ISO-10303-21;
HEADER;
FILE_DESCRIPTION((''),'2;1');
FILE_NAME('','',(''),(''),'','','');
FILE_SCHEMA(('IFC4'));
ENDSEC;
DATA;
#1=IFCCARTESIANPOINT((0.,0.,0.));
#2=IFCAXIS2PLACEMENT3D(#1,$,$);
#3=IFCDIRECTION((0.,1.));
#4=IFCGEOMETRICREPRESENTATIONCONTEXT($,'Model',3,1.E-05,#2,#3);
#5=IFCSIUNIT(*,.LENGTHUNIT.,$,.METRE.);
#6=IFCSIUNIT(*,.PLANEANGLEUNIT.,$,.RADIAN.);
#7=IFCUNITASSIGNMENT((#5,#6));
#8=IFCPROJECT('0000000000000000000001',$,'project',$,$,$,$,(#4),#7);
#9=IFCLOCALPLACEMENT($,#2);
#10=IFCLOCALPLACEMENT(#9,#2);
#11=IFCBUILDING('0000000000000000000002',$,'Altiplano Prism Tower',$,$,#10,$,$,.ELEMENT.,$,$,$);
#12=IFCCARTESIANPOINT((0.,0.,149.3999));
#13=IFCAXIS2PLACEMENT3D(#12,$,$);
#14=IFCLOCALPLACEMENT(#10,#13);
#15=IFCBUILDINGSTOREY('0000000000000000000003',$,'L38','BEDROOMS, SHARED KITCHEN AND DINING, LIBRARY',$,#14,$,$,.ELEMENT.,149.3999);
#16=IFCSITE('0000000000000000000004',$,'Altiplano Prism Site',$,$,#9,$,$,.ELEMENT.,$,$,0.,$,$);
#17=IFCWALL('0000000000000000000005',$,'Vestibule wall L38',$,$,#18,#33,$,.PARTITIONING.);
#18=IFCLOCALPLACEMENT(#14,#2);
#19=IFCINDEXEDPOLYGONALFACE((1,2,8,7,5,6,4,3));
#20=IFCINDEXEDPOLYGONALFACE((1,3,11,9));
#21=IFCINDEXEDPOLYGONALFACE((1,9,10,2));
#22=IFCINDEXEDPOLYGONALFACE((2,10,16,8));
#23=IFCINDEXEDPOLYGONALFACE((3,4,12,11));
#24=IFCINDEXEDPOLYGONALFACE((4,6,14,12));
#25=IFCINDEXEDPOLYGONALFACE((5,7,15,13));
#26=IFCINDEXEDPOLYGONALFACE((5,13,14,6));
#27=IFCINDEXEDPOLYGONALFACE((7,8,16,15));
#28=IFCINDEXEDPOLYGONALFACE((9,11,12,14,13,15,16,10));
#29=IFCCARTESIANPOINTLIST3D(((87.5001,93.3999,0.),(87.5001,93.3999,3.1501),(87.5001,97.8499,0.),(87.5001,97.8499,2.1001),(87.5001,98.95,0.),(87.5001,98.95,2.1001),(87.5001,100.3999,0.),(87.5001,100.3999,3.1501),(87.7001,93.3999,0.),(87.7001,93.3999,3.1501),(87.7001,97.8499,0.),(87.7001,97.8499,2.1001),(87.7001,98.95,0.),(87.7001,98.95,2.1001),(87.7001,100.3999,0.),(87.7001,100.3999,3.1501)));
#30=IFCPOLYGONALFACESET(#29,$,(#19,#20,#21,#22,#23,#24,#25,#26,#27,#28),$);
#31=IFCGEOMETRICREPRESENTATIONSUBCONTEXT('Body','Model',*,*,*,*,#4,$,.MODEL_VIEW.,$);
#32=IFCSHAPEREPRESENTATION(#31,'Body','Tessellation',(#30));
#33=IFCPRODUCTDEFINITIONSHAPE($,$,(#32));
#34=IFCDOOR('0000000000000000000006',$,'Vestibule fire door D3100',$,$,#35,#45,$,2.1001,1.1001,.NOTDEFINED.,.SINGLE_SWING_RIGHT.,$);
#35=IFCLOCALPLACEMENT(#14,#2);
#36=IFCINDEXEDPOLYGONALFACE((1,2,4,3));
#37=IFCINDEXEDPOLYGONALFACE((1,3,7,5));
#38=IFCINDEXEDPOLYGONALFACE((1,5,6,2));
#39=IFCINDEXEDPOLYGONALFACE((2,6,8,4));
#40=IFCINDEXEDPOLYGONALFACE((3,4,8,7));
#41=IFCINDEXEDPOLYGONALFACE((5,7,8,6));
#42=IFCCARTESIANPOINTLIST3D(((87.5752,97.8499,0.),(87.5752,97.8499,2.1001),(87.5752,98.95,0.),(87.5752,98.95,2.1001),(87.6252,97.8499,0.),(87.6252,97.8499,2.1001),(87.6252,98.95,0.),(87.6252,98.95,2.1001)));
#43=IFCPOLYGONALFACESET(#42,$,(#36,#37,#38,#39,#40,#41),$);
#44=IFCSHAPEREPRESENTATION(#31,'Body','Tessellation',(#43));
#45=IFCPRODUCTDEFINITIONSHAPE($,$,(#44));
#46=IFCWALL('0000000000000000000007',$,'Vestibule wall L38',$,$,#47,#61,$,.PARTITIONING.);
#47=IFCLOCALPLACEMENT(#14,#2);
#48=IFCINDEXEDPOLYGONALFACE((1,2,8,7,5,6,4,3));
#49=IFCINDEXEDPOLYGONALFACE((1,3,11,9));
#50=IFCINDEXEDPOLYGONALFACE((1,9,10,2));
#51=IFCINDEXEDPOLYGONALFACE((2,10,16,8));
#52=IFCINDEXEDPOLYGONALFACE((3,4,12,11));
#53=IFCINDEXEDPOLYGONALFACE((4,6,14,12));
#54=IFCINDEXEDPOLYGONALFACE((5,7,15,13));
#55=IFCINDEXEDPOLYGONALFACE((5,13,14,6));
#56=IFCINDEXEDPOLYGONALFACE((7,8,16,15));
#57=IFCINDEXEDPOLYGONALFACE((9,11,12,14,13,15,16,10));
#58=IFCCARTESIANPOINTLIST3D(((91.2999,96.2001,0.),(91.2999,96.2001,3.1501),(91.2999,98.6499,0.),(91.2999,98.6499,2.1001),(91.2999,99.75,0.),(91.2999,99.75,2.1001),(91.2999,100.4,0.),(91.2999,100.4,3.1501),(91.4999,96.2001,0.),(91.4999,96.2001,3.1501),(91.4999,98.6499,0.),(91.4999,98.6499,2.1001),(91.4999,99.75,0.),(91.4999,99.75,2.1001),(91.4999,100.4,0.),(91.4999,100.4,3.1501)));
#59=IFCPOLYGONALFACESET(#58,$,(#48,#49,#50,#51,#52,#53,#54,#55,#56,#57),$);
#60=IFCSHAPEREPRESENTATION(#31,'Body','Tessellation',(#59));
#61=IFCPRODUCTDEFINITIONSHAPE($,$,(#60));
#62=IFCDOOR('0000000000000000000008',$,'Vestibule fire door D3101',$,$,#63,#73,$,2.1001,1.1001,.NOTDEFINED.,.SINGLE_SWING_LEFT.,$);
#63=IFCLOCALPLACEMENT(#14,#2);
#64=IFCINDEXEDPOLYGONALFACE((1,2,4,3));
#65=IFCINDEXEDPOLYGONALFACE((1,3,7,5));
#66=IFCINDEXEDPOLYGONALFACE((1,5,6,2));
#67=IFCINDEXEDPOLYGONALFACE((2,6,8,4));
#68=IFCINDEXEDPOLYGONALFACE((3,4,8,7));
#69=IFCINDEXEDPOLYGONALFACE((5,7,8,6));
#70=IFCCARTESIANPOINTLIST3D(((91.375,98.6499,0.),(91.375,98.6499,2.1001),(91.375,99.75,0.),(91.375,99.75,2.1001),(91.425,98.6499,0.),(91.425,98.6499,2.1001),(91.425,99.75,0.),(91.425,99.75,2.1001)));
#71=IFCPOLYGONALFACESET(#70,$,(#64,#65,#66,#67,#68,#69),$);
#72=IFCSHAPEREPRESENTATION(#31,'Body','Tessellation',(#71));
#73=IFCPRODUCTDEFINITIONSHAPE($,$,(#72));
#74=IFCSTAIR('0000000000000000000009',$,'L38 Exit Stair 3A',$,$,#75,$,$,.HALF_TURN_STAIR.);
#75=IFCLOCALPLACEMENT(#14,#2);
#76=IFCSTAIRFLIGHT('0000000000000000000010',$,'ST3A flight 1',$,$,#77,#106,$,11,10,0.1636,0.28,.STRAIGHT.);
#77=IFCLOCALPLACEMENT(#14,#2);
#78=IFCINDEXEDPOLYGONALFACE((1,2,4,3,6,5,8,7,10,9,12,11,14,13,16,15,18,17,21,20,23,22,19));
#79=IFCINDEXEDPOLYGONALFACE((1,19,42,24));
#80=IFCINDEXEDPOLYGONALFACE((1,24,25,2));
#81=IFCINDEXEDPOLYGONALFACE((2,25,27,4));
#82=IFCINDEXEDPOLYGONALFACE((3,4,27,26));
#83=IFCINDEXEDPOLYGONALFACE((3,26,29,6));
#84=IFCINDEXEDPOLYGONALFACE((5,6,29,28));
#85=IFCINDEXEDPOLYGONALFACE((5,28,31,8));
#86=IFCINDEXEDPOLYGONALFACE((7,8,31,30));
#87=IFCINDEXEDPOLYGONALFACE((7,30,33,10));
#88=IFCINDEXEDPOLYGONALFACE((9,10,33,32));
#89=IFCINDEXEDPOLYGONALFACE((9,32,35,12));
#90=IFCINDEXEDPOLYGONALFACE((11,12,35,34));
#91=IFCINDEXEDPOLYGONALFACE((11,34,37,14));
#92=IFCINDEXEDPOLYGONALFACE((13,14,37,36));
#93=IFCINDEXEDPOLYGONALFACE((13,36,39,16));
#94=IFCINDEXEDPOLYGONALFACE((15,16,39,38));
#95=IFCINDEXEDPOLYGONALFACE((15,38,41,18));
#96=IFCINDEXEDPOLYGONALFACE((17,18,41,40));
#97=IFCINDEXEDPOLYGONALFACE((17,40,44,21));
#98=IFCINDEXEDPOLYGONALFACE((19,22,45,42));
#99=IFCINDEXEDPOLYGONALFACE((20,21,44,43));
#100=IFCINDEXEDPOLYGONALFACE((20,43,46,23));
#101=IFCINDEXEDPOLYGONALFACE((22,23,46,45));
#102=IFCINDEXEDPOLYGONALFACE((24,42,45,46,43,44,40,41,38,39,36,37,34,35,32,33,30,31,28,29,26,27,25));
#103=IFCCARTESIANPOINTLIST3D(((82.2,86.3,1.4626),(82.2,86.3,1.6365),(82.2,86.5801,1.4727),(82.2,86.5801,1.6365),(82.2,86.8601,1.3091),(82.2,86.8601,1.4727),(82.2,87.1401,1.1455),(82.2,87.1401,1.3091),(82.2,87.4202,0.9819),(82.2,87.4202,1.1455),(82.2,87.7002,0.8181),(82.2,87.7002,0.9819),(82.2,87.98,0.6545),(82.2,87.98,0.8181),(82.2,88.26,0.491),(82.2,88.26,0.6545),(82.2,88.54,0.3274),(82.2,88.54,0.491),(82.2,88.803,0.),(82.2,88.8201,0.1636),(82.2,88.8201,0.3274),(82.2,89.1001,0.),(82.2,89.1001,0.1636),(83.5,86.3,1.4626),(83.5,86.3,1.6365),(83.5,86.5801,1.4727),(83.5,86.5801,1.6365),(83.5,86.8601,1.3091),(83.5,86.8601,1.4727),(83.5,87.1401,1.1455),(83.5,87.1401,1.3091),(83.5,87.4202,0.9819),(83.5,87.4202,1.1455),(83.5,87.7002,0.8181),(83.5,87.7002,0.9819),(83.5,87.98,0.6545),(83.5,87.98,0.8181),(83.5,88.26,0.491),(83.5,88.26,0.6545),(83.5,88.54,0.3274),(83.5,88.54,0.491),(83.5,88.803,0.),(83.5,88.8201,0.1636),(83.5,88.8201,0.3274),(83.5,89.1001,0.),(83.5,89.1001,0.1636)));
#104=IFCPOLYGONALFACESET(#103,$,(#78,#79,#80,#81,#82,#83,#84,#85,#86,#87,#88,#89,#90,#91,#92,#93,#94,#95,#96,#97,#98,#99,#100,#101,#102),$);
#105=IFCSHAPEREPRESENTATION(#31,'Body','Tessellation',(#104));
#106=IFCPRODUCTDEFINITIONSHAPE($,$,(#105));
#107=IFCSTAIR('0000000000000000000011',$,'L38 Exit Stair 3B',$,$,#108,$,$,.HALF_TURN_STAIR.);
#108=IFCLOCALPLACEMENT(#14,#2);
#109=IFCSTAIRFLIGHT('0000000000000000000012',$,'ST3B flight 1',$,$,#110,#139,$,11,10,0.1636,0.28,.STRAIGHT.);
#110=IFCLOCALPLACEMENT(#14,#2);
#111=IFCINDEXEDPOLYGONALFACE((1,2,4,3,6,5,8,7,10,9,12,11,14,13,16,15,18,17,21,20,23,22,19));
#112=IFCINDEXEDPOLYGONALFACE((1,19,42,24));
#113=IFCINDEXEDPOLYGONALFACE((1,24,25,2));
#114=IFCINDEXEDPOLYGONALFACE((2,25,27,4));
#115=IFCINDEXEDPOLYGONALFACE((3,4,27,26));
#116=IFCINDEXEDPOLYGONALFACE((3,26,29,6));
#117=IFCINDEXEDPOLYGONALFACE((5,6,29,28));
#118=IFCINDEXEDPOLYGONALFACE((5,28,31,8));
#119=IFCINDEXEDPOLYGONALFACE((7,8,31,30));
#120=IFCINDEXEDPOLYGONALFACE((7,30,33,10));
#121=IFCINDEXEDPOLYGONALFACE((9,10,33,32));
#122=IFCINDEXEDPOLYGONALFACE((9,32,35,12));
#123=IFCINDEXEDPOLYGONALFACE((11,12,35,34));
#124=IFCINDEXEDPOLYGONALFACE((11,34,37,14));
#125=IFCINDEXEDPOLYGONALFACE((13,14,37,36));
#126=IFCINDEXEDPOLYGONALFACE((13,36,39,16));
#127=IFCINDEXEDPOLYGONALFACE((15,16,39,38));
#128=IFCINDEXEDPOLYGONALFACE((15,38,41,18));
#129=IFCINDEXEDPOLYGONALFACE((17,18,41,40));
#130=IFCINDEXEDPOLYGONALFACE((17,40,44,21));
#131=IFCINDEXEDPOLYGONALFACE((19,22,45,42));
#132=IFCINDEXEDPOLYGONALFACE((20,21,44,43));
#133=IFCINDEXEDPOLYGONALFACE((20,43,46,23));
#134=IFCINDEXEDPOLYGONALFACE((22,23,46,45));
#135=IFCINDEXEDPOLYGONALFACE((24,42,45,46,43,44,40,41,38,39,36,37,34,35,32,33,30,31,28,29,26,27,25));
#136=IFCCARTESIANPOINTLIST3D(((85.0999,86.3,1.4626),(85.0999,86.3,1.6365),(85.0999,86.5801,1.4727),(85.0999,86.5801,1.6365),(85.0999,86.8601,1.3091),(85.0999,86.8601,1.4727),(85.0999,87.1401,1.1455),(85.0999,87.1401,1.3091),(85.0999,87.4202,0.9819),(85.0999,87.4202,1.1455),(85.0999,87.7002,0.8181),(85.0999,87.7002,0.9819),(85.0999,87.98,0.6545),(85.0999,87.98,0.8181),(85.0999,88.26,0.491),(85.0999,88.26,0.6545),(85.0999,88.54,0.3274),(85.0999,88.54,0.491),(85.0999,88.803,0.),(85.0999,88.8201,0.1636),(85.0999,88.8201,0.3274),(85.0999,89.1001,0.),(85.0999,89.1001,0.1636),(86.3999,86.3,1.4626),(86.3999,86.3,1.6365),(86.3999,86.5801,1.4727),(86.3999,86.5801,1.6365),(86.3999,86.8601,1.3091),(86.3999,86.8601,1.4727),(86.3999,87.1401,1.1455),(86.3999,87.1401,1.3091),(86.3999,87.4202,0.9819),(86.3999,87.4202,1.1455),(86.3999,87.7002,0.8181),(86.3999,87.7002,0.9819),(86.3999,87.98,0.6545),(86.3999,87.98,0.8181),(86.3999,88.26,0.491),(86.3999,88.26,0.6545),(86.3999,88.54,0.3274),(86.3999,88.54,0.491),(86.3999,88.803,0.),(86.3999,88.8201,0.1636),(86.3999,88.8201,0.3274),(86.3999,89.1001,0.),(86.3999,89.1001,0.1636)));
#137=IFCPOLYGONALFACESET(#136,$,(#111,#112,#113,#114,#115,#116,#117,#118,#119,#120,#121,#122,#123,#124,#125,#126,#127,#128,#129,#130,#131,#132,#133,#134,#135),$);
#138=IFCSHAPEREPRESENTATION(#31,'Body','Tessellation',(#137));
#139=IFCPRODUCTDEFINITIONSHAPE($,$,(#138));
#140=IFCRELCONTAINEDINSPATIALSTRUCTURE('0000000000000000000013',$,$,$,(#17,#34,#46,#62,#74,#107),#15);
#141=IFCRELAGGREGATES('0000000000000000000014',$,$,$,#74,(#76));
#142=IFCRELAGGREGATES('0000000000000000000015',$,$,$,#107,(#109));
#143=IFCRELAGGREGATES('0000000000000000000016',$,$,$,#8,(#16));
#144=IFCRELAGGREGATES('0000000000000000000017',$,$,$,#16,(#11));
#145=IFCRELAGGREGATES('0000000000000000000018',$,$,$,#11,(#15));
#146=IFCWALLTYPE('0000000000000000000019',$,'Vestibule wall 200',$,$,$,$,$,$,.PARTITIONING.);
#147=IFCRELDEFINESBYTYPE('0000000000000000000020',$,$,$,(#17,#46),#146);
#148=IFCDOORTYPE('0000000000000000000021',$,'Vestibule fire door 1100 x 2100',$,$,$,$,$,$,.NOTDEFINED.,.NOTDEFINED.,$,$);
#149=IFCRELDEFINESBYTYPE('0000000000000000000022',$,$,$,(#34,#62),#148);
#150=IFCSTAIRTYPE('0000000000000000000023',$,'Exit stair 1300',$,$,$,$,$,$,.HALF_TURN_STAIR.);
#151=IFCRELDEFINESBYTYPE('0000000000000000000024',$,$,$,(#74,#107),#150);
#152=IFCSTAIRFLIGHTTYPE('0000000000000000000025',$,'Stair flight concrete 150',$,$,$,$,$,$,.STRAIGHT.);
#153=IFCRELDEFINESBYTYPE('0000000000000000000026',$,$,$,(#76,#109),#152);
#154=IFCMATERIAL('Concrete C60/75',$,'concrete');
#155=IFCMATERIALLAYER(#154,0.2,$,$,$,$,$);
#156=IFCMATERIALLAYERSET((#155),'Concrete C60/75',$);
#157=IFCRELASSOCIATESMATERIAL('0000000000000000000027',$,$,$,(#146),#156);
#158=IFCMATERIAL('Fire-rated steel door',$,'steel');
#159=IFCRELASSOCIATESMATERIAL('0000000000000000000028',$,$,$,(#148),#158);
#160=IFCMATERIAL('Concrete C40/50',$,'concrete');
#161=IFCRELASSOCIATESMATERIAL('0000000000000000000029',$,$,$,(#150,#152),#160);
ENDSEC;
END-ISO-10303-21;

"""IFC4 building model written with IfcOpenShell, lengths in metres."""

from ifc_helpers import new_model, si_unit, direction, frame, frame_2d, origin, place, context, subcontext, project, spatial, polyline, rectangle, outline, extrude, material, layer, layer_set, type_object, element, fill, aggregate, save


model = new_model("IFC4")

# Units and contexts
model_context = context("Model", 3, precision=1e-05, world=origin(), true_north=direction((0.0, 1.0)))
body_context = subcontext(model_context, "Body", "Model", "MODEL_VIEW")
ifc_project = project(units=[si_unit("LENGTHUNIT", "METRE"), si_unit("PLANEANGLEUNIT", "RADIAN")], contexts=[model_context])

# Site, building, storey
site_placement = place(None, origin())
site = spatial("IfcSite", under=ifc_project, at=site_placement, Name="Altiplano Prism Site", CompositionType="ELEMENT", RefElevation=0.0)
building_placement = place(site_placement, origin())
building = spatial("IfcBuilding", under=site, at=building_placement, Name="Altiplano Prism Tower", CompositionType="ELEMENT")
storey_placement = place(building_placement, frame((0.0, 0.0, 149.3999)))
storey = spatial("IfcBuildingStorey", under=building, at=storey_placement, Name="L38", Description="BEDROOMS, SHARED KITCHEN AND DINING, LIBRARY", CompositionType="ELEMENT", Elevation=149.3999)

# Shared definitions
ifc_material_1 = material(Name="Concrete C60/75", Category="concrete")

# Shared definitions
ifc_material_2 = material(Name="Fire-rated steel door", Category="steel")

# Walls, openings, doors
ifc_layer_1 = layer(ifc_material_1, 0.2)
ifc_layer_set_1 = layer_set([ifc_layer_1], Name="Concrete C60/75")
wall_type_1 = type_object("IfcWallType", Name="Vestibule wall 200", PredefinedType="PARTITIONING", material=ifc_layer_set_1)
wall_1_placement = place(storey_placement, frame((87.6001, 93.3999, 0.0), z_axis=(0.0, 0.0, 1.0), x_axis=(0.0, 1.0, 0.0)))
wall_1 = element("IfcWall", 1, at=wall_1_placement, inside=storey, type_object=wall_type_1, Name="Vestibule wall L38", PredefinedType="PARTITIONING", context=body_context, shape_type="SweptSolid", body=[
    extrude(rectangle(XDim=7.0, YDim=0.2, at=frame_2d((3.5, 0.0))), origin(), (0.0, 0.0, 1.0), 3.1501),
])
opening_1_placement = place(wall_1_placement, frame((4.45, 0.0, 0.0)))
opening_1 = element("IfcOpeningElement", 2, at=opening_1_placement, cuts=wall_1, PredefinedType="OPENING", context=body_context, shape_type="SweptSolid", body=[
    extrude(rectangle(XDim=1.1001, YDim=2.1001, at=frame_2d((0.55, 1.05))), frame((0.0, 0.1104, 0.0), z_axis=(0.0, -1.0, 0.0), x_axis=(1.0, 0.0, 0.0)), (0.0, 0.0, 1.0), 0.2209),
])
door_type_1 = type_object("IfcDoorType", Name="Vestibule fire door 1100 x 2100", OperationType="NOTDEFINED", PredefinedType="NOTDEFINED", material=ifc_material_2)
door_1_placement = place(opening_1_placement, origin())
door_1 = element("IfcDoor", 3, at=door_1_placement, inside=storey, type_object=door_type_1, Name="Vestibule fire door D3100", OperationType="SINGLE_SWING_RIGHT", OverallHeight=2.1001, OverallWidth=1.1001, PredefinedType="NOTDEFINED", context=body_context, shape_type="SweptSolid", body=[
    extrude(rectangle(XDim=1.1001, YDim=2.1001, at=frame_2d((0.55, 1.05))), frame((0.0, 0.0249, 0.0), z_axis=(0.0, -1.0, 0.0), x_axis=(1.0, 0.0, 0.0)), (0.0, 0.0, 1.0), 0.05),
])
fill(opening_1, door_1)
wall_2_placement = place(storey_placement, frame((91.3999, 96.2, 0.0), z_axis=(0.0, 0.0, 1.0), x_axis=(0.0, 1.0, 0.0)))
wall_2 = element("IfcWall", 4, at=wall_2_placement, inside=storey, type_object=wall_type_1, Name="Vestibule wall L38", PredefinedType="PARTITIONING", context=body_context, shape_type="SweptSolid", body=[
    extrude(rectangle(XDim=4.2, YDim=0.2, at=frame_2d((2.1001, 0.0))), origin(), (0.0, 0.0, 1.0), 3.1501),
])
opening_2_placement = place(wall_2_placement, frame((2.45, 0.0, 0.0)))
opening_2 = element("IfcOpeningElement", 5, at=opening_2_placement, cuts=wall_2, PredefinedType="OPENING", context=body_context, shape_type="SweptSolid", body=[
    extrude(rectangle(XDim=1.1001, YDim=2.1001, at=frame_2d((0.55, 1.05))), frame((0.0, 0.1104, 0.0), z_axis=(0.0, -1.0, 0.0), x_axis=(1.0, 0.0, 0.0)), (0.0, 0.0, 1.0), 0.2209),
])
door_2_placement = place(opening_2_placement, origin())
door_2 = element("IfcDoor", 6, at=door_2_placement, inside=storey, type_object=door_type_1, Name="Vestibule fire door D3101", OperationType="SINGLE_SWING_LEFT", OverallHeight=2.1001, OverallWidth=1.1001, PredefinedType="NOTDEFINED", context=body_context, shape_type="SweptSolid", body=[
    extrude(rectangle(XDim=1.1001, YDim=2.1001, at=frame_2d((0.55, 1.05))), frame((0.0, 0.0249, 0.0), z_axis=(0.0, -1.0, 0.0), x_axis=(1.0, 0.0, 0.0)), (0.0, 0.0, 1.0), 0.05),
])
fill(opening_2, door_2)

# Stairs, stair flights
ifc_material_3 = material(Name="Concrete C40/50", Category="concrete")
stair_type = type_object("IfcStairType", Name="Exit stair 1300", PredefinedType="HALF_TURN_STAIR", material=ifc_material_3)
stair_1_placement = place(storey_placement, origin())
stair_1 = element("IfcStair", 7, at=stair_1_placement, inside=storey, type_object=stair_type, Name="L38 Exit Stair 3A", PredefinedType="HALF_TURN_STAIR")
stair_flight_type = type_object("IfcStairFlightType", Name="Stair flight concrete 150", PredefinedType="STRAIGHT", material=ifc_material_3)
stair_flight_1_placement = place(storey_placement, frame((82.8501, 89.1001, 0.0), z_axis=(0.0, 0.0, 1.0), x_axis=(0.0, -1.0, 0.0)))
stair_flight_1 = element("IfcStairFlight", 8, at=stair_flight_1_placement, type_object=stair_flight_type, Name="ST3A flight 1", NumberOfRisers=11, NumberOfTreads=10, PredefinedType="STRAIGHT", RiserHeight=0.1636, TreadLength=0.28, context=body_context, shape_type="SweptSolid", body=[
    extrude(outline(polyline([(0.0, 0.0), (0.0, 0.1636), (0.28, 0.1636), (0.28, 0.3274), (0.5601, 0.3274), (0.5601, 0.491), (0.8401, 0.491), (0.8401, 0.6545), (1.1201, 0.6545), (1.1201, 0.8181), (1.3999, 0.8181), (1.3999, 0.9819), (1.6799, 0.9819), (1.6799, 1.1455), (1.96, 1.1455), (1.96, 1.3091), (2.24, 1.3091), (2.24, 1.4727), (2.52, 1.4727), (2.52, 1.6365), (2.8, 1.6365), (2.8, 1.8), (2.8, 1.4626), (0.2971, 0.0), (0.0, 0.0)])), frame((0.0, 0.6499, 0.0), z_axis=(0.0, -1.0, 0.0), x_axis=(1.0, 0.0, 0.0)), (0.0, 0.0, 1.0), 1.3),
])
aggregate(stair_1, [stair_flight_1])
stair_2_placement = place(storey_placement, origin())
stair_2 = element("IfcStair", 9, at=stair_2_placement, inside=storey, type_object=stair_type, Name="L38 Exit Stair 3B", PredefinedType="HALF_TURN_STAIR")
stair_flight_2_placement = place(storey_placement, frame((85.75, 89.1001, 0.0), z_axis=(0.0, 0.0, 1.0), x_axis=(0.0, -1.0, 0.0)))
stair_flight_2 = element("IfcStairFlight", 10, at=stair_flight_2_placement, type_object=stair_flight_type, Name="ST3B flight 1", NumberOfRisers=11, NumberOfTreads=10, PredefinedType="STRAIGHT", RiserHeight=0.1636, TreadLength=0.28, context=body_context, shape_type="SweptSolid", body=[
    extrude(outline(polyline([(0.0, 0.0), (0.0, 0.1636), (0.28, 0.1636), (0.28, 0.3274), (0.5601, 0.3274), (0.5601, 0.491), (0.8401, 0.491), (0.8401, 0.6545), (1.1201, 0.6545), (1.1201, 0.8181), (1.3999, 0.8181), (1.3999, 0.9819), (1.6799, 0.9819), (1.6799, 1.1455), (1.96, 1.1455), (1.96, 1.3091), (2.24, 1.3091), (2.24, 1.4727), (2.52, 1.4727), (2.52, 1.6365), (2.8, 1.6365), (2.8, 1.8), (2.8, 1.4626), (0.2971, 0.0), (0.0, 0.0)])), frame((0.0, 0.6499, 0.0), z_axis=(0.0, -1.0, 0.0), x_axis=(1.0, 0.0, 0.0)), (0.0, 0.0, 1.0), 1.3),
])
aggregate(stair_2, [stair_flight_2])

save(model, "model.ifc")
